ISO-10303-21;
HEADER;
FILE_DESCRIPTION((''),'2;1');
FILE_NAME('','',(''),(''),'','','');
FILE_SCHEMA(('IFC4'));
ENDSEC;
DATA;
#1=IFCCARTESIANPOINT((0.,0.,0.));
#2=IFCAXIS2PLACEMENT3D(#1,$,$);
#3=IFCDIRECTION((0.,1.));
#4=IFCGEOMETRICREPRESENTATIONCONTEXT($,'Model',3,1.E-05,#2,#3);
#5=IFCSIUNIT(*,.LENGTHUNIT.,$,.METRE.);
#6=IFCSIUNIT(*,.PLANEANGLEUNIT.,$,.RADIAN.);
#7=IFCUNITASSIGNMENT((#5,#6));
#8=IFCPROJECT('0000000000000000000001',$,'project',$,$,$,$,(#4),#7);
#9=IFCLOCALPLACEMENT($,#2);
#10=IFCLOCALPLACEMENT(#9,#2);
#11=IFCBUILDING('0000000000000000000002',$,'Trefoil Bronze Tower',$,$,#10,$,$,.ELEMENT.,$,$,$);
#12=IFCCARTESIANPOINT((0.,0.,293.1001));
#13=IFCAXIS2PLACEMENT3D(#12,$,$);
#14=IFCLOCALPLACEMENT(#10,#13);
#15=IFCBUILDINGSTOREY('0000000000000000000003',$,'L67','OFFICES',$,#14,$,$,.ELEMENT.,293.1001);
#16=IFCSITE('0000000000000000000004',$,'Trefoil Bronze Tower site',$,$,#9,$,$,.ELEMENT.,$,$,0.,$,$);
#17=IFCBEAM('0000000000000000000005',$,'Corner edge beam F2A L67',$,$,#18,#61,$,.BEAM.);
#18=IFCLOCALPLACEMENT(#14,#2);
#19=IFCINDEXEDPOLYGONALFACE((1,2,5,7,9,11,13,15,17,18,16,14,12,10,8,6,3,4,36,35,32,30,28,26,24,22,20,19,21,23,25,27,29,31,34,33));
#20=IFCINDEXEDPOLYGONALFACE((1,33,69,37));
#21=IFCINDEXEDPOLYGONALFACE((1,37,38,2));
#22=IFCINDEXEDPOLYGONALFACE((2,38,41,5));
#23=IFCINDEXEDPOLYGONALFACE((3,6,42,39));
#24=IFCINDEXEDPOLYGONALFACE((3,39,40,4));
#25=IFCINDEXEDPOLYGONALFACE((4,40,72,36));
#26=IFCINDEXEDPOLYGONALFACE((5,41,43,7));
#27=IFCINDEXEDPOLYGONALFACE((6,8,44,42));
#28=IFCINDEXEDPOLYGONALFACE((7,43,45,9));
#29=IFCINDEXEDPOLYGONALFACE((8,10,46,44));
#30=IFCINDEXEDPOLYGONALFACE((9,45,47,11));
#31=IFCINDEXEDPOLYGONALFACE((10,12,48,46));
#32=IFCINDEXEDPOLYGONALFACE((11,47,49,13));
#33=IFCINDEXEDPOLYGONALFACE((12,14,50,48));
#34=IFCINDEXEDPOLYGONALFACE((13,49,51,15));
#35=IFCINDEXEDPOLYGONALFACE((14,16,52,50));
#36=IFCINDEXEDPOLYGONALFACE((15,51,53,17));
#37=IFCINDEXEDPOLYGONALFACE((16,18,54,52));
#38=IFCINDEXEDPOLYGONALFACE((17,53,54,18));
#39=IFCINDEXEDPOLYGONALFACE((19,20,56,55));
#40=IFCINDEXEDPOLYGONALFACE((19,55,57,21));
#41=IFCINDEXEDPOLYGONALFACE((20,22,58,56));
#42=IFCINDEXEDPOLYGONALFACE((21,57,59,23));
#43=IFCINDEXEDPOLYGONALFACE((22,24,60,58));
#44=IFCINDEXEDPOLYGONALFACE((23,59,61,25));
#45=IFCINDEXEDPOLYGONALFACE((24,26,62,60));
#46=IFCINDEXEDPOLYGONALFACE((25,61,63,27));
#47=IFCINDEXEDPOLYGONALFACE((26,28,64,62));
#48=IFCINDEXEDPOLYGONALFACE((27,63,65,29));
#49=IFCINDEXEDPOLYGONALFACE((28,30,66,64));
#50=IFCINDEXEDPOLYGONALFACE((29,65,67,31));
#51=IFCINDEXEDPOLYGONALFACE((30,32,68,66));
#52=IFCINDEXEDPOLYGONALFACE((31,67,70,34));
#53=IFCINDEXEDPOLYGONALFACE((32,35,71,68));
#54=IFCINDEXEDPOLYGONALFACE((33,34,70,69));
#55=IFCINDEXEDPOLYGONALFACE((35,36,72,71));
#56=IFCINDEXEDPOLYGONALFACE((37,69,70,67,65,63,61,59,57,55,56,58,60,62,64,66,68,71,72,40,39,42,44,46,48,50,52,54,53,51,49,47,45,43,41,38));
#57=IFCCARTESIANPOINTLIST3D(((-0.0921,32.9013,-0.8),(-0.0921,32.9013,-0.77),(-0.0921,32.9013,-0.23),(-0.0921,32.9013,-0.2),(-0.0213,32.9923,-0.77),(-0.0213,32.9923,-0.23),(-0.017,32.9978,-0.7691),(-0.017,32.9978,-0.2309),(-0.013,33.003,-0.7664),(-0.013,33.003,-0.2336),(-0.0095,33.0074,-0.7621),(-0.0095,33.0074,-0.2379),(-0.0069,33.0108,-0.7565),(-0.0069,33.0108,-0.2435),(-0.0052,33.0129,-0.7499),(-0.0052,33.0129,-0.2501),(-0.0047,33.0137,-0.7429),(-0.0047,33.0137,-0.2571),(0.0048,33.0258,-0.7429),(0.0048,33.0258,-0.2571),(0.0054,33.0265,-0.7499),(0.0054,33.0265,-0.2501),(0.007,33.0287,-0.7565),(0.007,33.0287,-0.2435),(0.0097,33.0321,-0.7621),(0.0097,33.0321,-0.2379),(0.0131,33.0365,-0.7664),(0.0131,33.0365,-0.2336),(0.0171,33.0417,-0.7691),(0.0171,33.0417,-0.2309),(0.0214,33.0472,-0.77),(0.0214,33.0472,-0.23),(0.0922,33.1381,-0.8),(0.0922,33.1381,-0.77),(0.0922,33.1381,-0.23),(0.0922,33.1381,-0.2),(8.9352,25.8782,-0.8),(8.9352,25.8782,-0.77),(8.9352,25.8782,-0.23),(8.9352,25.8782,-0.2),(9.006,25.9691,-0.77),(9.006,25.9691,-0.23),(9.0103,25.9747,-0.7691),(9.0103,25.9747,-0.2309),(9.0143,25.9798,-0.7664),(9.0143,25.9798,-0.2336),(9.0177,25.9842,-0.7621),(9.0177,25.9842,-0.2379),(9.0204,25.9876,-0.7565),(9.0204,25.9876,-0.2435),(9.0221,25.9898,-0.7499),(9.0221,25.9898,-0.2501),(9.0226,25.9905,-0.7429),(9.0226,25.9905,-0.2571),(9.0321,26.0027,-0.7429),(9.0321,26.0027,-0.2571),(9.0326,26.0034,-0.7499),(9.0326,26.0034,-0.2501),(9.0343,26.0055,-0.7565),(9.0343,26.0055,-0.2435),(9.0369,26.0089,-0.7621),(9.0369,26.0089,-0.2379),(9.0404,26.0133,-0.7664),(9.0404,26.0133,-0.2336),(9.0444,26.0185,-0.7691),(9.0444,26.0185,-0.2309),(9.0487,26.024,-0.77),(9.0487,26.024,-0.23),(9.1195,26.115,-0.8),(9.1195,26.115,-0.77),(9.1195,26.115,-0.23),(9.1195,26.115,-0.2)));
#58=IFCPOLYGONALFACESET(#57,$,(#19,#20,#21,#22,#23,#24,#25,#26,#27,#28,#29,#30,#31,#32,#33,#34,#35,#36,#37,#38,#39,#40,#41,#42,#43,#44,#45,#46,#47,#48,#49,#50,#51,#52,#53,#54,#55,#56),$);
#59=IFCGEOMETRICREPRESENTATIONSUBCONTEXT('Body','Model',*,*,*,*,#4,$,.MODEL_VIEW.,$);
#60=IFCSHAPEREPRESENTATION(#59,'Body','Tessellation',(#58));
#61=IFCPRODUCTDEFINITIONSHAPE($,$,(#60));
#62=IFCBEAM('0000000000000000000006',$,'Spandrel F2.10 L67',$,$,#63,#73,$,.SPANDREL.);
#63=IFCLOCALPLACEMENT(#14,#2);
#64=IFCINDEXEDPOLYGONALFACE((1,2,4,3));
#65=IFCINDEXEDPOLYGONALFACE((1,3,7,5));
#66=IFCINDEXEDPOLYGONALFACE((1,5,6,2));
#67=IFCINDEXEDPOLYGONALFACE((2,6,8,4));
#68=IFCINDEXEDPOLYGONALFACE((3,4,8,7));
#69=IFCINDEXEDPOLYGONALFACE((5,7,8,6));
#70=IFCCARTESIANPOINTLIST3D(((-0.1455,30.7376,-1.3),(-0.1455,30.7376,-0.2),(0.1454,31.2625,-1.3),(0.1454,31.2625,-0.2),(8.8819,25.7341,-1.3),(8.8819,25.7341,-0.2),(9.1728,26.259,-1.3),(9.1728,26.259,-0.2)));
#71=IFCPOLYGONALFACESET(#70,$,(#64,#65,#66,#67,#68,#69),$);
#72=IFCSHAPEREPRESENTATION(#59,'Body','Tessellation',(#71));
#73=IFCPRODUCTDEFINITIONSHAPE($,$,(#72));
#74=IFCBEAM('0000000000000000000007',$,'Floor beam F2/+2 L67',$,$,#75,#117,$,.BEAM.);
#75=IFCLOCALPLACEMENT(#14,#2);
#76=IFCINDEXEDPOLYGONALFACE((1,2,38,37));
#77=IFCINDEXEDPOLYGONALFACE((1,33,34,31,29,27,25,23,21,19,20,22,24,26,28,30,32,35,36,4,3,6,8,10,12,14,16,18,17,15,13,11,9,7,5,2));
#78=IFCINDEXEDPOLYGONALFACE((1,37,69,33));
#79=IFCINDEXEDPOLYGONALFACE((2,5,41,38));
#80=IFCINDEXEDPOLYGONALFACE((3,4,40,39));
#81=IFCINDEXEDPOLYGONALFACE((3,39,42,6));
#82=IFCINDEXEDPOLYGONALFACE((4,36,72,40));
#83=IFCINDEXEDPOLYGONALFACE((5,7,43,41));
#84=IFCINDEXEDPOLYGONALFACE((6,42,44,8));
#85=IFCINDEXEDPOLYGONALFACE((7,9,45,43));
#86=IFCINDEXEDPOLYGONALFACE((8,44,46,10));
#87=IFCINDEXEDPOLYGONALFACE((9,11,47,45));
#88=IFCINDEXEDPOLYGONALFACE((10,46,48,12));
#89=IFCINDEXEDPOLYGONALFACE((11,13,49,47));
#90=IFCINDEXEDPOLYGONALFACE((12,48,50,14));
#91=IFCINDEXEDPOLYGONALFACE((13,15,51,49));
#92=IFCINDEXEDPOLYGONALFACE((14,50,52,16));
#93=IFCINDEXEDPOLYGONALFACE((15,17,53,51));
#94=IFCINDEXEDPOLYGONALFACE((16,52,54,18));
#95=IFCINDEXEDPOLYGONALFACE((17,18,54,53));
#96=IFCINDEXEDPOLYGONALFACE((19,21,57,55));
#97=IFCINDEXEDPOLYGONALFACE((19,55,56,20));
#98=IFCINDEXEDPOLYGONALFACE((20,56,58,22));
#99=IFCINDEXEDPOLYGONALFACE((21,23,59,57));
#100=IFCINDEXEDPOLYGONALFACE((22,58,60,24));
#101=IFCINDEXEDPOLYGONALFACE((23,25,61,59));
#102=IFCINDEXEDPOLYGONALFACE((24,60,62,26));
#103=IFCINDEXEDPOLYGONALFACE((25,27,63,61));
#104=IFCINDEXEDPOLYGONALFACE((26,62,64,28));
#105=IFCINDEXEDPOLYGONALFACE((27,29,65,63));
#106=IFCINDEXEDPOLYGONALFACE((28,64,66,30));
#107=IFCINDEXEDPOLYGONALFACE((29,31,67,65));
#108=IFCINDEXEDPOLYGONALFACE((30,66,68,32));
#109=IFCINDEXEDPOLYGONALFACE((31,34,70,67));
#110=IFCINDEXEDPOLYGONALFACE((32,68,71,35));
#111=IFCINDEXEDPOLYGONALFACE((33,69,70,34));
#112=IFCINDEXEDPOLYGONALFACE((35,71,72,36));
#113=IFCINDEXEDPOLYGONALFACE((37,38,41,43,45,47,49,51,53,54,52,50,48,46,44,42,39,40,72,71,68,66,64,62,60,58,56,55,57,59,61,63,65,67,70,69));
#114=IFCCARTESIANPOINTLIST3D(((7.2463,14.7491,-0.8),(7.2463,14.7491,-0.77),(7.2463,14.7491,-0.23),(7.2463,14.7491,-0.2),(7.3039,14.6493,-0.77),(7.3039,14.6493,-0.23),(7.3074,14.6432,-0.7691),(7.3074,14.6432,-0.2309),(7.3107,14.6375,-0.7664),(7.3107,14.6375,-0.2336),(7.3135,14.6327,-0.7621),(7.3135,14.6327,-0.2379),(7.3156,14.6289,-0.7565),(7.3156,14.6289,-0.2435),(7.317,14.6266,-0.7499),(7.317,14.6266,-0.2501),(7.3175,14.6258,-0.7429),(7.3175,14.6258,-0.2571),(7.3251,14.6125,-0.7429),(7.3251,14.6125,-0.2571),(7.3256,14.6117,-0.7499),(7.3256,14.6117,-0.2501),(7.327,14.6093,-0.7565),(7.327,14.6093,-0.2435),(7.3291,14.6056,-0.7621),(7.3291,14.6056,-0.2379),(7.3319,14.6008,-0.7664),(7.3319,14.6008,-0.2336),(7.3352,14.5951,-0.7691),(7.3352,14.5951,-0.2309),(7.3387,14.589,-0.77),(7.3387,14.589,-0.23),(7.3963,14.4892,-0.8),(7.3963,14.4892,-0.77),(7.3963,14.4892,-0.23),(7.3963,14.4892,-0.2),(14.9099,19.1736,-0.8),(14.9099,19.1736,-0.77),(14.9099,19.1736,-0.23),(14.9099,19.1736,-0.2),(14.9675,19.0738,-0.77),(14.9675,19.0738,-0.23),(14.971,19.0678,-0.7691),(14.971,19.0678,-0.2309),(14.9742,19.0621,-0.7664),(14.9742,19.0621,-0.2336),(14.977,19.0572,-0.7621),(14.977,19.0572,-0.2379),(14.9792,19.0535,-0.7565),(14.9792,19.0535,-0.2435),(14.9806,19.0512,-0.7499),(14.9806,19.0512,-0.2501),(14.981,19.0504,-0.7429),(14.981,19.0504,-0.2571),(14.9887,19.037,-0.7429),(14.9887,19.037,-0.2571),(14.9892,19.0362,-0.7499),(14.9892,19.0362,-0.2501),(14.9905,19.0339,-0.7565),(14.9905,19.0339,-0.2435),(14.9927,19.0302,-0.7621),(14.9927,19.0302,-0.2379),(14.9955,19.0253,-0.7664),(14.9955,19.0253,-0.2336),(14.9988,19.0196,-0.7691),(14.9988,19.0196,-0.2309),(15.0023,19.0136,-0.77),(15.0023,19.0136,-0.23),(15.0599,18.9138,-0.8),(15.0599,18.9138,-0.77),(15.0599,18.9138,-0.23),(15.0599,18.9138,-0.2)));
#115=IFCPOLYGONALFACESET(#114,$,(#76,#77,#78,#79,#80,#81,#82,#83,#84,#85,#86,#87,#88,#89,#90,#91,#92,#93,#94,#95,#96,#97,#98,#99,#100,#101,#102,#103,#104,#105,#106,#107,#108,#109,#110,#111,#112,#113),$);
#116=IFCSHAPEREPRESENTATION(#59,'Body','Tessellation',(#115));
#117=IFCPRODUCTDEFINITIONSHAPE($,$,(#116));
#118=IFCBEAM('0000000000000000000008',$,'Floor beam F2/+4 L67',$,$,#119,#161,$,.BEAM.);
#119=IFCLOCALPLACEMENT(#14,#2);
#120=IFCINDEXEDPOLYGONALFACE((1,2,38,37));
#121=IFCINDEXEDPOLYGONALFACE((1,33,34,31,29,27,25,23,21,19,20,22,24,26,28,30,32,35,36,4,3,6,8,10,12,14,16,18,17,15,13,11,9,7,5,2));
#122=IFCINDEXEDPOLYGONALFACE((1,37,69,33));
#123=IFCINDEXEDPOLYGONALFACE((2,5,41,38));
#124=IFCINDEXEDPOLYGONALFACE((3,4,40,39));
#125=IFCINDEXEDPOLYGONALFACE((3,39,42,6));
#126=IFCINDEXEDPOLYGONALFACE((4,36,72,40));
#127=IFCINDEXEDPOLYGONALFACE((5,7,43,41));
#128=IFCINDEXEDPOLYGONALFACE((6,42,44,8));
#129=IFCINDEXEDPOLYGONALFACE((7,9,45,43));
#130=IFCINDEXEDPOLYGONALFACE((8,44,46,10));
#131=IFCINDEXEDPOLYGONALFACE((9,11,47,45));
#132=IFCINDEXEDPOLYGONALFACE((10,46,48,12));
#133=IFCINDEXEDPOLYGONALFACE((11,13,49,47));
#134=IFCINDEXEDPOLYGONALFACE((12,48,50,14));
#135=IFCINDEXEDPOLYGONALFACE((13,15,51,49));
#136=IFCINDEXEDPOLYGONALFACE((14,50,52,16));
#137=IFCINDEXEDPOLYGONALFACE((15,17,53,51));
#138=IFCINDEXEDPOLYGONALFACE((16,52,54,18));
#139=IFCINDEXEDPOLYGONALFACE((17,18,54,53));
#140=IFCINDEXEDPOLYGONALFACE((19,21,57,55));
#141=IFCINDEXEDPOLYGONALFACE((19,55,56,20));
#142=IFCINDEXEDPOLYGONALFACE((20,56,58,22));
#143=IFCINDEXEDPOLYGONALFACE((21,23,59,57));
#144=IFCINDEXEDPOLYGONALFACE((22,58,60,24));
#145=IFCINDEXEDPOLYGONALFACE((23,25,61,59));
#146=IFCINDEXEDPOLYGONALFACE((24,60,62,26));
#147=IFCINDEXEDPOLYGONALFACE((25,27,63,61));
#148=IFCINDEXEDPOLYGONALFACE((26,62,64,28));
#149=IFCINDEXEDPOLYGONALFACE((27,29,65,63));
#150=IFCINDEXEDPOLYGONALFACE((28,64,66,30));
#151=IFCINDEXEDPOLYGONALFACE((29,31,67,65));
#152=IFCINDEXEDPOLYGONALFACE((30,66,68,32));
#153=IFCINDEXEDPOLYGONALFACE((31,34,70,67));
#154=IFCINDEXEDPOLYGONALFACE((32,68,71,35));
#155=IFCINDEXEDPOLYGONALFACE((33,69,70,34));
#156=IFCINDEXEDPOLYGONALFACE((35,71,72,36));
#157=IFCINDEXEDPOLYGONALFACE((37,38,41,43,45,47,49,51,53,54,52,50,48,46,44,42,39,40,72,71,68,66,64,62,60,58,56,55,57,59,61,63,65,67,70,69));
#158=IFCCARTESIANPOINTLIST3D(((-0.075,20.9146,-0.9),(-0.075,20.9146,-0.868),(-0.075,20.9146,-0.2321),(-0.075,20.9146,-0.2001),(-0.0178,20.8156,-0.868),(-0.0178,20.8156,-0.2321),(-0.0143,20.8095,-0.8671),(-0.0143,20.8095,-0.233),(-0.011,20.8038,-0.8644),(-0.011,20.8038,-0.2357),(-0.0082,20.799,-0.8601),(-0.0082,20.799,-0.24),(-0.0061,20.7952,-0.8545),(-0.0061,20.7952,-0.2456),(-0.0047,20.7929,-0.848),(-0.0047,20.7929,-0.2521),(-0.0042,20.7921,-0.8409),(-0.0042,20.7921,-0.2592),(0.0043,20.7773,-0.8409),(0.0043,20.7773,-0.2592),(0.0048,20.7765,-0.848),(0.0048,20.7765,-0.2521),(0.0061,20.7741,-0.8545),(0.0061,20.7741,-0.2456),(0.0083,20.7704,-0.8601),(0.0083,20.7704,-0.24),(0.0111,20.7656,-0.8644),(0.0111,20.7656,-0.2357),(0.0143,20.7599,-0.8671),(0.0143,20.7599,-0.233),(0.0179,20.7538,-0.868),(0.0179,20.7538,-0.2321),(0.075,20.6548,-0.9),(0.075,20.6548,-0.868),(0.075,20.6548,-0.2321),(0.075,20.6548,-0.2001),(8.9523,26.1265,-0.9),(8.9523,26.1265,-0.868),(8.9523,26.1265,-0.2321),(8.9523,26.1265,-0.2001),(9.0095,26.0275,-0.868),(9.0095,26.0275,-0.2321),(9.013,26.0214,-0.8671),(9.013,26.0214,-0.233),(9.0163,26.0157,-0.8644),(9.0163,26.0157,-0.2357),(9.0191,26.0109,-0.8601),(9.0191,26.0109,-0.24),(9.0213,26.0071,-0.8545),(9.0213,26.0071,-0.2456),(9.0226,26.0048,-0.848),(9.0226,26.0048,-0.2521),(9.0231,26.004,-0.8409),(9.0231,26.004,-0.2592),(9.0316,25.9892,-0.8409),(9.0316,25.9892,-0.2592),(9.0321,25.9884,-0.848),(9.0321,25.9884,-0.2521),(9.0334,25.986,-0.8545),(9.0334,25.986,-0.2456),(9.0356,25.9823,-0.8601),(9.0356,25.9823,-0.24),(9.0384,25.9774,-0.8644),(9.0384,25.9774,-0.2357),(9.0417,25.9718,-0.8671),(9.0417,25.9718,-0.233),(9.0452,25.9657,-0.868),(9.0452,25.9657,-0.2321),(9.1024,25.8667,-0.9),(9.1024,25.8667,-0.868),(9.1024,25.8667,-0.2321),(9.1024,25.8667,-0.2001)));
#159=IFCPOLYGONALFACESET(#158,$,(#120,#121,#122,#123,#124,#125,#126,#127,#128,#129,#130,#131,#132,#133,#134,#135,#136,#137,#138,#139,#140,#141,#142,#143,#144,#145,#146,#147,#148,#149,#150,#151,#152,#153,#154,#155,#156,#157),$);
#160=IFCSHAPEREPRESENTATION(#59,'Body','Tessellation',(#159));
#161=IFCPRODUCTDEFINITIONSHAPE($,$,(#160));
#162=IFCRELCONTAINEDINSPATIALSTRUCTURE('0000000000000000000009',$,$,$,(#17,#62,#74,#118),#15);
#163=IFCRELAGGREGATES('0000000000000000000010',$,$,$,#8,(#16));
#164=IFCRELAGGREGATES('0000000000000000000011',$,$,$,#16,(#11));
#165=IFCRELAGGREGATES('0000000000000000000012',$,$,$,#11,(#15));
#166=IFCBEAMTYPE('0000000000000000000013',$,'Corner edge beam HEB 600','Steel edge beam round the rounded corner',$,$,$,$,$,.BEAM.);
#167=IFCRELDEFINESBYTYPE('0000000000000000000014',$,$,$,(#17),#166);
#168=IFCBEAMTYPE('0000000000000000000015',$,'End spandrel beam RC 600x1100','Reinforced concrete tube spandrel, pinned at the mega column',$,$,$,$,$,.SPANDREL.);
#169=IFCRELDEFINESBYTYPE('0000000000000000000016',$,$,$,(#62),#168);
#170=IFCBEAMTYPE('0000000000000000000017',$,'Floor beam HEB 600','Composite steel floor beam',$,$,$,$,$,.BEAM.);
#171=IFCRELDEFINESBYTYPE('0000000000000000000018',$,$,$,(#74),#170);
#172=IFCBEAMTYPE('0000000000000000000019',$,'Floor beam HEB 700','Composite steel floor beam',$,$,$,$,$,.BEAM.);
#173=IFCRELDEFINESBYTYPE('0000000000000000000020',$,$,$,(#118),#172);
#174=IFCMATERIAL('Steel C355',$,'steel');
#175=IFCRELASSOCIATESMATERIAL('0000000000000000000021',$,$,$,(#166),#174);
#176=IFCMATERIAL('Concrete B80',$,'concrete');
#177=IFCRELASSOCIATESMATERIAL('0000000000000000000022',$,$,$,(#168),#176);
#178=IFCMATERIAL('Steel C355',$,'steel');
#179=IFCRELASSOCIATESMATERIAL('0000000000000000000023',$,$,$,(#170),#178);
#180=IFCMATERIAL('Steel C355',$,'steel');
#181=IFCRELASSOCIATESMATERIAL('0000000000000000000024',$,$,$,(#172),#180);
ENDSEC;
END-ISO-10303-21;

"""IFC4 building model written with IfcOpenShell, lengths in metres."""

from ifc_helpers import new_model, si_unit, direction, frame, origin, origin_2d, place, context, subcontext, project, spatial, rectangle, i_section, extrude, material, material_profile, profile_set, type_object, element, save


model = new_model("IFC4")

# Units and contexts
model_context = context("Model", 3, precision=1e-05, world=origin(), true_north=direction((0.0, 1.0)))
body_context = subcontext(model_context, "Body", "Model", "MODEL_VIEW")
ifc_project = project(units=[si_unit("LENGTHUNIT", "METRE"), si_unit("PLANEANGLEUNIT", "RADIAN")], contexts=[model_context])

# Site, building, storey
site_placement = place(None, origin())
site = spatial("IfcSite", under=ifc_project, at=site_placement, Name="Trefoil Bronze Tower site", CompositionType="ELEMENT", RefElevation=0.0)
building_placement = place(site_placement, origin())
building = spatial("IfcBuilding", under=site, at=building_placement, Name="Trefoil Bronze Tower", CompositionType="ELEMENT")
storey_placement = place(building_placement, frame((0.0, 0.0, 293.1001)))
storey = spatial("IfcBuildingStorey", under=building, at=storey_placement, Name="L67", Description="OFFICES", CompositionType="ELEMENT", Elevation=293.1001)

# Beams
ifc_material_1 = material(Name="Steel C355", Category="steel")
ifc_material_profile_1 = material_profile(ifc_material_1, i_section(OverallWidth=0.3, OverallDepth=0.6001, WebThickness=0.0154, FlangeThickness=0.03, FilletRadius=0.0271, at=origin_2d()), Name="HEB 600")
ifc_profile_set_1 = profile_set([ifc_material_profile_1], Name="Steel C355")
beam_type_1 = type_object("IfcBeamType", Name="Corner edge beam HEB 600", Description="Steel edge beam round the rounded corner", PredefinedType="BEAM", material=ifc_profile_set_1)
beam_1_placement = place(storey_placement, frame((9.0273, 25.9966, -0.5), z_axis=(-0.789271, 0.614046, 0.0), x_axis=(-0.614046, -0.789271, 0.0)))
element("IfcBeam", 1, at=beam_1_placement, inside=storey, type_object=beam_type_1, Name="Corner edge beam F2A L67", PredefinedType="BEAM", context=body_context, shape_type="SweptSolid", body=[
    extrude(i_section(OverallWidth=0.3, OverallDepth=0.6001, WebThickness=0.0154, FlangeThickness=0.03, FilletRadius=0.0271, at=origin_2d()), origin(), (0.0, 0.0, 1.0), 11.4375),
])
ifc_material_2 = material(Name="Concrete B80", Category="concrete")
ifc_material_profile_2 = material_profile(ifc_material_2, rectangle(XDim=0.6001, YDim=1.1001, at=origin_2d()), Name="RC 600x1100")
ifc_profile_set_2 = profile_set([ifc_material_profile_2], Name="Concrete B80")
beam_type_2 = type_object("IfcBeamType", Name="End spandrel beam RC 600x1100", Description="Reinforced concrete tube spandrel, pinned at the mega column", PredefinedType="SPANDREL", material=ifc_profile_set_2)
beam_2_placement = place(storey_placement, frame((9.0273, 25.9966, -0.75), z_axis=(-0.874641, 0.484771, 0.0), x_axis=(-0.484771, -0.874641, 0.0)))
element("IfcBeam", 2, at=beam_2_placement, inside=storey, type_object=beam_type_2, Name="Spandrel F2.10 L67", PredefinedType="SPANDREL", context=body_context, shape_type="SweptSolid", body=[
    extrude(rectangle(XDim=0.6001, YDim=1.1001, at=origin_2d()), origin(), (0.0, 0.0, 1.0), 10.3213),
])
ifc_material_3 = material(Name="Steel C355", Category="steel")
ifc_material_profile_3 = material_profile(ifc_material_3, i_section(OverallWidth=0.3, OverallDepth=0.6001, WebThickness=0.0154, FlangeThickness=0.03, FilletRadius=0.0271, at=origin_2d()), Name="HEB 600")
ifc_profile_set_3 = profile_set([ifc_material_profile_3], Name="Steel C355")
beam_type_3 = type_object("IfcBeamType", Name="Floor beam HEB 600", Description="Composite steel floor beam", PredefinedType="BEAM", material=ifc_profile_set_3)
beam_3_placement = place(storey_placement, frame((14.9849, 19.0437, -0.5), z_axis=(-0.866026, -0.499999, 0.0), x_axis=(0.499999, -0.866026, 0.0)))
element("IfcBeam", 3, at=beam_3_placement, inside=storey, type_object=beam_type_3, Name="Floor beam F2/+2 L67", PredefinedType="BEAM", context=body_context, shape_type="SweptSolid", body=[
    extrude(i_section(OverallWidth=0.3, OverallDepth=0.6001, WebThickness=0.0154, FlangeThickness=0.03, FilletRadius=0.0271, at=origin_2d()), origin(), (0.0, 0.0, 1.0), 8.8491),
])
ifc_material_4 = material(Name="Steel C355", Category="steel")
ifc_material_profile_4 = material_profile(ifc_material_4, i_section(OverallWidth=0.3, OverallDepth=0.7, WebThickness=0.0171, FlangeThickness=0.032, FilletRadius=0.0271, at=origin_2d()), Name="HEB 700")
ifc_profile_set_4 = profile_set([ifc_material_profile_4], Name="Steel C355")
beam_type_4 = type_object("IfcBeamType", Name="Floor beam HEB 700", Description="Composite steel floor beam", PredefinedType="BEAM", material=ifc_profile_set_4)
beam_4_placement = place(storey_placement, frame((9.0273, 25.9966, -0.55), z_axis=(-0.866026, -0.499998, 0.0), x_axis=(0.499998, -0.866026, 0.0)))
element("IfcBeam", 4, at=beam_4_placement, inside=storey, type_object=beam_type_4, Name="Floor beam F2/+4 L67", PredefinedType="BEAM", context=body_context, shape_type="SweptSolid", body=[
    extrude(i_section(OverallWidth=0.3, OverallDepth=0.7, WebThickness=0.0171, FlangeThickness=0.032, FilletRadius=0.0271, at=origin_2d()), origin(), (0.0, 0.0, 1.0), 10.4238),
])

save(model, "model.ifc")
